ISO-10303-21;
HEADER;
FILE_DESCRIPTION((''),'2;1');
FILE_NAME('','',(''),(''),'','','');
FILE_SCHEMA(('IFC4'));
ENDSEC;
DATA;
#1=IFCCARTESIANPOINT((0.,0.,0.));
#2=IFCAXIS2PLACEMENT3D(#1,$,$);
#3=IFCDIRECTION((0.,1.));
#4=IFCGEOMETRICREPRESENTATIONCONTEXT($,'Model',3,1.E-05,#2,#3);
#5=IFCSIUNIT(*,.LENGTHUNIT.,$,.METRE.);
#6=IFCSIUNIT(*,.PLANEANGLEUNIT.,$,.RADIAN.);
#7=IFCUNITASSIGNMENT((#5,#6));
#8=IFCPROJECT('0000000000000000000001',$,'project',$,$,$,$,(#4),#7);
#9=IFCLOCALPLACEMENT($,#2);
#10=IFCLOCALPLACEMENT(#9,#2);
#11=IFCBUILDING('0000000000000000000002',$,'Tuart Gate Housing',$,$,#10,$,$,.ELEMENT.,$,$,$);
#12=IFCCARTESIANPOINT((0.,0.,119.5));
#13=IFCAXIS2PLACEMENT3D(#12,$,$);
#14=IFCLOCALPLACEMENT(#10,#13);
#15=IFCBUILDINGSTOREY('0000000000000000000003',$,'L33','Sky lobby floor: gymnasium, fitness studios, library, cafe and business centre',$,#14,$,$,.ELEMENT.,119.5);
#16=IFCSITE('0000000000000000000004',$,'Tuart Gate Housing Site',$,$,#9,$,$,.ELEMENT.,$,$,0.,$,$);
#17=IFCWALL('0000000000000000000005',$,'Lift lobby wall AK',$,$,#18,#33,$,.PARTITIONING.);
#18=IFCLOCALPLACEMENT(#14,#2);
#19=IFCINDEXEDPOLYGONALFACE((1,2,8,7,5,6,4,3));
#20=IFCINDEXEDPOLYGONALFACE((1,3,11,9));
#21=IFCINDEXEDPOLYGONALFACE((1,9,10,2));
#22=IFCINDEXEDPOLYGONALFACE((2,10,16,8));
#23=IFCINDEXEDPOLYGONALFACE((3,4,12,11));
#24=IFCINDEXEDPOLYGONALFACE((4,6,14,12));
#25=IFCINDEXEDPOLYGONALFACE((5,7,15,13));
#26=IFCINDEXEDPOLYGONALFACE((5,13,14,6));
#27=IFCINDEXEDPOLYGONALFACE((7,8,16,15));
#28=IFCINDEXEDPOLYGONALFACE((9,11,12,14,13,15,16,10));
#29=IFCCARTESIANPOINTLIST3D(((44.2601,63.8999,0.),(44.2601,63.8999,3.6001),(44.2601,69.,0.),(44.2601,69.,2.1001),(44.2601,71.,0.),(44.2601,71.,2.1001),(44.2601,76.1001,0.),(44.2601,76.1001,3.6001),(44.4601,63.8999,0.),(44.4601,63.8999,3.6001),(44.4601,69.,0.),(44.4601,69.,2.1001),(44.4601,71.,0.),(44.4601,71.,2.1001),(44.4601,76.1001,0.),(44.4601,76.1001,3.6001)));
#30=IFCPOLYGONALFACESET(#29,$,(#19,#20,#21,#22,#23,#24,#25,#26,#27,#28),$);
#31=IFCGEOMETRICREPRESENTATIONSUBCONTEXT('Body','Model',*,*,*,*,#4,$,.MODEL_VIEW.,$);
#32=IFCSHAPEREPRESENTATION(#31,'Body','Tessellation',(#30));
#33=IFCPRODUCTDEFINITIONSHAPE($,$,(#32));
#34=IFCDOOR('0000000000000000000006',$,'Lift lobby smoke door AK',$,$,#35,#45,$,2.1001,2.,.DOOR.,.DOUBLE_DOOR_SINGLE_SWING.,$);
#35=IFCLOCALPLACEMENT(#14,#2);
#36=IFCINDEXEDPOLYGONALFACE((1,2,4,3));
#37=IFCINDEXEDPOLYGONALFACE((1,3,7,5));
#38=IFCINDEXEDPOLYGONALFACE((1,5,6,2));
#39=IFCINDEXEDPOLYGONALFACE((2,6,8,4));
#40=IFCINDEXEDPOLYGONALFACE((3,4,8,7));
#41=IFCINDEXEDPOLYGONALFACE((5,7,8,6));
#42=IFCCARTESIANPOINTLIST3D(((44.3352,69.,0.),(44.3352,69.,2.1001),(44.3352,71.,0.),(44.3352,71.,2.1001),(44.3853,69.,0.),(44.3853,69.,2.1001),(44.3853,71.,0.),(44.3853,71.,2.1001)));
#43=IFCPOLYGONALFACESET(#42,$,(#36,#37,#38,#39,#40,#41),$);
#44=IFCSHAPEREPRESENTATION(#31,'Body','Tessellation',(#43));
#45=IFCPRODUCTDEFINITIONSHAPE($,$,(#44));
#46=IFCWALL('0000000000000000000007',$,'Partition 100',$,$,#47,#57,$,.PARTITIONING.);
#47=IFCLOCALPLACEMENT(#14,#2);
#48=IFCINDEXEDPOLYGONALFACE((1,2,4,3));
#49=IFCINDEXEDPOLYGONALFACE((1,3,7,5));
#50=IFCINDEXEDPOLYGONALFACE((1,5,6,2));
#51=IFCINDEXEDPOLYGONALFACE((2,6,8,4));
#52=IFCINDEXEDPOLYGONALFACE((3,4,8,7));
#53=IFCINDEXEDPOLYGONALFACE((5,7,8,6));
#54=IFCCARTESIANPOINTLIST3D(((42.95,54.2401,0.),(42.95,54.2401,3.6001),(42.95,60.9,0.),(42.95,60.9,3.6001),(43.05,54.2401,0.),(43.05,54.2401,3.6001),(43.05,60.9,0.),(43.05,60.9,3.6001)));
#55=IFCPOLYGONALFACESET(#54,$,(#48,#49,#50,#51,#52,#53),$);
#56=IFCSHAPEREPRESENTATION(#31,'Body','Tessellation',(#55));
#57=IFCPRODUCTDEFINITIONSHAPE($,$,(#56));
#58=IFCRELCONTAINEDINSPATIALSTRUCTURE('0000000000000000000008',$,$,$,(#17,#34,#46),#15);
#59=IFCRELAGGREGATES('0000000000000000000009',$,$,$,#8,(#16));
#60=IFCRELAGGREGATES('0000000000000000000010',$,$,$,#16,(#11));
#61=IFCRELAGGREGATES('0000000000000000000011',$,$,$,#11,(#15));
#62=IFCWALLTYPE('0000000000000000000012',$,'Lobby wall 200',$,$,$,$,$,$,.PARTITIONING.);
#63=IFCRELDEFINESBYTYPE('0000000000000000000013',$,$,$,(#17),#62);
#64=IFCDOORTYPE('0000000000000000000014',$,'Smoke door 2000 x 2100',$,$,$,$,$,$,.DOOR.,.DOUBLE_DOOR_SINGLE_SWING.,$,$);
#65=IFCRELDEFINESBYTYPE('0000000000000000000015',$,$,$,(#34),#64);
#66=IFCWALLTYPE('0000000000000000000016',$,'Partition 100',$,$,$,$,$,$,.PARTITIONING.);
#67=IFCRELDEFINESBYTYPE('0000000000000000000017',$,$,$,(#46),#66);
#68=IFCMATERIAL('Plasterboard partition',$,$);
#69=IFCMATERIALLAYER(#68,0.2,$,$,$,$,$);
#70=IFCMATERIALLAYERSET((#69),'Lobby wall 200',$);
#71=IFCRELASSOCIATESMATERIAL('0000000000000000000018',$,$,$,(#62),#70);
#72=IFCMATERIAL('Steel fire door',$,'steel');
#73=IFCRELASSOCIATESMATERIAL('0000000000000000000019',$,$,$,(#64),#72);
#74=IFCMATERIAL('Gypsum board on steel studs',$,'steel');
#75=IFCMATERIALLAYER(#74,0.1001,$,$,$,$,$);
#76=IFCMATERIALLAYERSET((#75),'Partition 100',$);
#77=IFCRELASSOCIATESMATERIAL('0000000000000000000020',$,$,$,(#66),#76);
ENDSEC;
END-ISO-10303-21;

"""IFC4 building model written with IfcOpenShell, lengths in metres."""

from ifc_helpers import new_model, si_unit, direction, frame, frame_2d, origin, place, context, subcontext, project, spatial, rectangle, extrude, material, layer, layer_set, type_object, element, fill, save


model = new_model("IFC4")

# Units and contexts
model_context = context("Model", 3, precision=1e-05, world=origin(), true_north=direction((0.0, 1.0)))
body_context = subcontext(model_context, "Body", "Model", "MODEL_VIEW")
ifc_project = project(units=[si_unit("LENGTHUNIT", "METRE"), si_unit("PLANEANGLEUNIT", "RADIAN")], contexts=[model_context])

# Site, building, storey
site_placement = place(None, origin())
site = spatial("IfcSite", under=ifc_project, at=site_placement, Name="Tuart Gate Housing Site", CompositionType="ELEMENT", RefElevation=0.0)
building_placement = place(site_placement, origin())
building = spatial("IfcBuilding", under=site, at=building_placement, Name="Tuart Gate Housing", CompositionType="ELEMENT")
storey_placement = place(building_placement, frame((0.0, 0.0, 119.5)))
storey = spatial("IfcBuildingStorey", under=building, at=storey_placement, Name="L33", Description="Sky lobby floor: gymnasium, fitness studios, library, cafe and business centre", CompositionType="ELEMENT", Elevation=119.5)

# Wall, opening, door
ifc_material_1 = material(Name="Plasterboard partition")
ifc_layer_1 = layer(ifc_material_1, 0.2)
ifc_layer_set_1 = layer_set([ifc_layer_1], Name="Lobby wall 200")
wall_type_1 = type_object("IfcWallType", Name="Lobby wall 200", PredefinedType="PARTITIONING", material=ifc_layer_set_1)
wall_1_placement = place(storey_placement, frame((44.3601, 63.8999, 0.0), z_axis=(0.0, 0.0, 1.0), x_axis=(0.0, 1.0, 0.0)))
wall_1 = element("IfcWall", 1, at=wall_1_placement, inside=storey, type_object=wall_type_1, Name="Lift lobby wall AK", PredefinedType="PARTITIONING", context=body_context, shape_type="SweptSolid", body=[
    extrude(rectangle(XDim=12.2002, YDim=0.2, at=frame_2d((6.1001, 0.0))), origin(), (0.0, 0.0, 1.0), 3.6001),
])
opening_1_placement = place(wall_1_placement, frame((5.1001, 0.0, 0.0)))
opening_1 = element("IfcOpeningElement", 2, at=opening_1_placement, cuts=wall_1, PredefinedType="OPENING", context=body_context, shape_type="SweptSolid", body=[
    extrude(rectangle(XDim=2.0, YDim=2.1001, at=frame_2d((1.0, 1.05))), frame((0.0, 0.1099, 0.0), z_axis=(0.0, -1.0, 0.0), x_axis=(1.0, 0.0, 0.0)), (0.0, 0.0, 1.0), 0.22),
])
ifc_material_2 = material(Name="Steel fire door", Category="steel")
door_type_1 = type_object("IfcDoorType", Name="Smoke door 2000 x 2100", OperationType="DOUBLE_DOOR_SINGLE_SWING", PredefinedType="DOOR", material=ifc_material_2)
door_1_placement = place(opening_1_placement, origin())
door_1 = element("IfcDoor", 3, at=door_1_placement, inside=storey, type_object=door_type_1, Name="Lift lobby smoke door AK", OperationType="DOUBLE_DOOR_SINGLE_SWING", OverallHeight=2.1001, OverallWidth=2.0, PredefinedType="DOOR", context=body_context, shape_type="SweptSolid", body=[
    extrude(rectangle(XDim=2.0, YDim=2.1001, at=frame_2d((1.0, 1.05))), frame((0.0, 0.0249, 0.0), z_axis=(0.0, -1.0, 0.0), x_axis=(1.0, 0.0, 0.0)), (0.0, 0.0, 1.0), 0.05),
])
fill(opening_1, door_1)

# Wall
ifc_material_3 = material(Name="Gypsum board on steel studs", Category="steel")
ifc_layer_2 = layer(ifc_material_3, 0.1001)
ifc_layer_set_2 = layer_set([ifc_layer_2], Name="Partition 100")
wall_type_2 = type_object("IfcWallType", Name="Partition 100", PredefinedType="PARTITIONING", material=ifc_layer_set_2)
wall_2_placement = place(storey_placement, frame((43.0, 54.24, 0.0), z_axis=(0.0, 0.0, 1.0), x_axis=(0.0, 1.0, 0.0)))
element("IfcWall", 4, at=wall_2_placement, inside=storey, type_object=wall_type_2, Name="Partition 100", PredefinedType="PARTITIONING", context=body_context, shape_type="SweptSolid", body=[
    extrude(rectangle(XDim=6.6599, YDim=0.1001, at=frame_2d((3.3301, 0.0))), origin(), (0.0, 0.0, 1.0), 3.6001),
])

save(model, "model.ifc")
